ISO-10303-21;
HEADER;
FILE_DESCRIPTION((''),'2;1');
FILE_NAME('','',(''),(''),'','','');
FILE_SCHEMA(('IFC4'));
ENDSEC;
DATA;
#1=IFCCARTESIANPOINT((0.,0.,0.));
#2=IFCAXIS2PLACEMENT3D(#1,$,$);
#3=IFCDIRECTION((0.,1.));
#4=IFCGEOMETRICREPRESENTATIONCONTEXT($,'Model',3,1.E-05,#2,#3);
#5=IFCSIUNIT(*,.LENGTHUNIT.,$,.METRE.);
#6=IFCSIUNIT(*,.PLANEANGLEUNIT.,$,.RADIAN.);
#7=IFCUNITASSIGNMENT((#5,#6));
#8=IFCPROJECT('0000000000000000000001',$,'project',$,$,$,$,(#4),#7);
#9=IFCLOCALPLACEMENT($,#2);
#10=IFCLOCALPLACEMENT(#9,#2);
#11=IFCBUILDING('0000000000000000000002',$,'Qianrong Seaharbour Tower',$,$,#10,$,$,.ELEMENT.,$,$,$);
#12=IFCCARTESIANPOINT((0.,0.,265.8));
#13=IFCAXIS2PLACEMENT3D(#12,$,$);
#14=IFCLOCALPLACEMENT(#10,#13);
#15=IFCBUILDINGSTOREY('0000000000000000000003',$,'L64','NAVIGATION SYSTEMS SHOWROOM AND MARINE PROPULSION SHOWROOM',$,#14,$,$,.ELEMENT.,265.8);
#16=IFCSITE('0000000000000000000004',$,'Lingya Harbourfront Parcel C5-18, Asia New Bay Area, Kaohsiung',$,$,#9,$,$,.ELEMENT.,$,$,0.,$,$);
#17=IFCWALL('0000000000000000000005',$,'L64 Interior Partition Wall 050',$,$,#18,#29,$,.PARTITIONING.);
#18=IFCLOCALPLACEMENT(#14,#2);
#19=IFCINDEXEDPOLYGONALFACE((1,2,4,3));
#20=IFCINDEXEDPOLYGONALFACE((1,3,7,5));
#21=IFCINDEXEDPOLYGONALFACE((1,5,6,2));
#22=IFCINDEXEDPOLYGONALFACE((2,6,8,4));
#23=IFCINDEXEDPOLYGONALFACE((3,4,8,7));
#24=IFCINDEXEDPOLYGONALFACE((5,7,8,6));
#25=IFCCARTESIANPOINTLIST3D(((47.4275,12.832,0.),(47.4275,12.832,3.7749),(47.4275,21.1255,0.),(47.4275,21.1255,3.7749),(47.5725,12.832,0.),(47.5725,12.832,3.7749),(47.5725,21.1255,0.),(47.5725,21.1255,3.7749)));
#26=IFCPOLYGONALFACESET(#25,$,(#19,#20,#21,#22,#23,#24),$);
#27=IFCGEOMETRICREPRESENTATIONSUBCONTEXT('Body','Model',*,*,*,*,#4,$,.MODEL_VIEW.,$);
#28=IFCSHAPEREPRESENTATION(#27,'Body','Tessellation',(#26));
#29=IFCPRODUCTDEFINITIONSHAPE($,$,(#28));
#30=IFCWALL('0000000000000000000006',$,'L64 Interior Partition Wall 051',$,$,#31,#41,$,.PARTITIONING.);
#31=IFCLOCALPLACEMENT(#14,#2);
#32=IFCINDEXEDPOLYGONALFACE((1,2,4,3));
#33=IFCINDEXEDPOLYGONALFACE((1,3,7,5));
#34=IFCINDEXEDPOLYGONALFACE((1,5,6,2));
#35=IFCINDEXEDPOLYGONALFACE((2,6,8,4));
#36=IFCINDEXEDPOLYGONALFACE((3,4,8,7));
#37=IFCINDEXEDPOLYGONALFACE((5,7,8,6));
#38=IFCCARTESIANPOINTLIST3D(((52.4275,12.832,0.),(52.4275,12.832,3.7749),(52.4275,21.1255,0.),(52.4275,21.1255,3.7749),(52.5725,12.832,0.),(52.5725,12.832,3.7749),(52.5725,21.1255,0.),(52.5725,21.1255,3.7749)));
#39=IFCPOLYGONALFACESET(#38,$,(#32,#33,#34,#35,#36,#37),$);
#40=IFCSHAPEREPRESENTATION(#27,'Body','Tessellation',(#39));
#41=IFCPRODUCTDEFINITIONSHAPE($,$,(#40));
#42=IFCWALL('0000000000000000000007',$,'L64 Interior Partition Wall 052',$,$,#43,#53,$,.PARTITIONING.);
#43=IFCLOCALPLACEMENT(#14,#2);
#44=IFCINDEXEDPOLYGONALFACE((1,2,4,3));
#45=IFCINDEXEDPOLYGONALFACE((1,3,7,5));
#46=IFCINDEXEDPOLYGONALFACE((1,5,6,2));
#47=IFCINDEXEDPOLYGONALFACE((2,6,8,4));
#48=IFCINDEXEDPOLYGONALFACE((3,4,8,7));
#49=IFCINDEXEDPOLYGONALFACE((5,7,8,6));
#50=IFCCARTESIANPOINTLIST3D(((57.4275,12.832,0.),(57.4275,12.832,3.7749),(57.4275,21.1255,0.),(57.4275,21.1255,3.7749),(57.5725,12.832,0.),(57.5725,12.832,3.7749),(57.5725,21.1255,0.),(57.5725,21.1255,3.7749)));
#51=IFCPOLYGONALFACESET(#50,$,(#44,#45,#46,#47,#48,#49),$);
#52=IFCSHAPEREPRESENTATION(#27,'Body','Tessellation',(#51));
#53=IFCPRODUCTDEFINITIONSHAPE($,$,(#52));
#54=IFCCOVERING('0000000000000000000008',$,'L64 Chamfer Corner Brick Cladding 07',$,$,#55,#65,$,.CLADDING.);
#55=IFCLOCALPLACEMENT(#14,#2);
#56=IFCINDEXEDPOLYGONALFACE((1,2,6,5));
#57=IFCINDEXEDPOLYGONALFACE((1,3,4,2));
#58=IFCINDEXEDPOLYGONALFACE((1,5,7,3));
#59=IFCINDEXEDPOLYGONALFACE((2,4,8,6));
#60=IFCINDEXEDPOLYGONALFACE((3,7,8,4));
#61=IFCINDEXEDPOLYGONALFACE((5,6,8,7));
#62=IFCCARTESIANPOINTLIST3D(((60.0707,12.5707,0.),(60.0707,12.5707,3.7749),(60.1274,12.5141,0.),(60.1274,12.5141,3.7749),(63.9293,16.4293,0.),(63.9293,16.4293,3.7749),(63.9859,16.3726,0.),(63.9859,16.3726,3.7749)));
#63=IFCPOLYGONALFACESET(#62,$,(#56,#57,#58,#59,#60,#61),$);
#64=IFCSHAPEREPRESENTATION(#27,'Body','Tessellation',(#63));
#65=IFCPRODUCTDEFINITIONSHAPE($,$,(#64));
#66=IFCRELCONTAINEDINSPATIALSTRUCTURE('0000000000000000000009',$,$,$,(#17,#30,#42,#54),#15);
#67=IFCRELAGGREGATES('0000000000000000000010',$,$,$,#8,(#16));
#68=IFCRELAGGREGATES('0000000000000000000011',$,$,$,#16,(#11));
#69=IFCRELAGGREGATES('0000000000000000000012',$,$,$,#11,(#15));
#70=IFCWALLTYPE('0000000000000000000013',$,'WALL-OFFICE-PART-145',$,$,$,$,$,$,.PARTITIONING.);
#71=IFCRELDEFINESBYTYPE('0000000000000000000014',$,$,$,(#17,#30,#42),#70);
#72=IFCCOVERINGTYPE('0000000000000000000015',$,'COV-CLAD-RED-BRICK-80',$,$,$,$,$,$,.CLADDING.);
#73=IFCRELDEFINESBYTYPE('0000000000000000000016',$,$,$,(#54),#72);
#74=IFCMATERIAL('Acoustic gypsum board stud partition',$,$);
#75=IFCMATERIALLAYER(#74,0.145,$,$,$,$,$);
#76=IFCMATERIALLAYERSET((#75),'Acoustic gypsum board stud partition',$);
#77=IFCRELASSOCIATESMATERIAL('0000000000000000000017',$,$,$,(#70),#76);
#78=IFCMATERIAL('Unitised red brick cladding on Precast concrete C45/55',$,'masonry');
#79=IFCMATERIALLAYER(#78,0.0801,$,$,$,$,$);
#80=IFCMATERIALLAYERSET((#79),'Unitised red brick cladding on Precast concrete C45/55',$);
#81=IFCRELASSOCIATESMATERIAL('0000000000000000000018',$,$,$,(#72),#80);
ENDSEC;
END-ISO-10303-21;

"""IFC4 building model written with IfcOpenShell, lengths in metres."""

from ifc_helpers import new_model, si_unit, direction, frame, frame_2d, origin, origin_2d, place, context, subcontext, project, spatial, rectangle, extrude, material, layer, layer_set, type_object, element, save


model = new_model("IFC4")

# Units and contexts
model_context = context("Model", 3, precision=1e-05, world=origin(), true_north=direction((0.0, 1.0)))
body_context = subcontext(model_context, "Body", "Model", "MODEL_VIEW")
ifc_project = project(units=[si_unit("LENGTHUNIT", "METRE"), si_unit("PLANEANGLEUNIT", "RADIAN")], contexts=[model_context])

# Site, building, storey
site_placement = place(None, origin())
site = spatial("IfcSite", under=ifc_project, at=site_placement, Name="Lingya Harbourfront Parcel C5-18, Asia New Bay Area, Kaohsiung", CompositionType="ELEMENT", RefElevation=0.0)
building_placement = place(site_placement, origin())
building = spatial("IfcBuilding", under=site, at=building_placement, Name="Qianrong Seaharbour Tower", CompositionType="ELEMENT")
storey_placement = place(building_placement, frame((0.0, 0.0, 265.8)))
storey = spatial("IfcBuildingStorey", under=building, at=storey_placement, Name="L64", Description="NAVIGATION SYSTEMS SHOWROOM AND MARINE PROPULSION SHOWROOM", CompositionType="ELEMENT", Elevation=265.8)

# Walls
ifc_material_1 = material(Name="Acoustic gypsum board stud partition")
ifc_layer_1 = layer(ifc_material_1, 0.145)
ifc_layer_set_1 = layer_set([ifc_layer_1], Name="Acoustic gypsum board stud partition")
wall_type_1 = type_object("IfcWallType", Name="WALL-OFFICE-PART-145", PredefinedType="PARTITIONING", material=ifc_layer_set_1)
for number, where, z_axis, x_axis, name in (
    (1, (47.5, 21.1255, 0.0), (0.0, 0.0, 1.0), (0.0, -1.0, 0.0), "L64 Interior Partition Wall 050"),
    (2, (52.5, 21.1255, 0.0), (0.0, 0.0, 1.0), (0.0, -1.0, 0.0), "L64 Interior Partition Wall 051"),
    (3, (57.5, 21.1255, 0.0), (0.0, 0.0, 1.0), (0.0, -1.0, 0.0), "L64 Interior Partition Wall 052"),
):
    element("IfcWall", number, at=place(storey_placement, frame(where, z_axis=z_axis, x_axis=x_axis)), inside=storey, type_object=wall_type_1, Name=name, PredefinedType="PARTITIONING", context=body_context, shape_type="SweptSolid", body=[
        extrude(rectangle(XDim=8.2935, YDim=0.145, at=frame_2d((4.1467, 0.0))), origin(), (0.0, 0.0, 1.0), 3.7749),
    ])

# Covering
ifc_material_2 = material(Name="Unitised red brick cladding on Precast concrete C45/55", Category="masonry")
ifc_layer_2 = layer(ifc_material_2, 0.0801)
ifc_layer_set_2 = layer_set([ifc_layer_2], Name="Unitised red brick cladding on Precast concrete C45/55")
covering_type = type_object("IfcCoveringType", Name="COV-CLAD-RED-BRICK-80", PredefinedType="CLADDING", material=ifc_layer_set_2)
covering_placement = place(storey_placement, frame((62.0283, 14.4717, 0.0), z_axis=(0.0, 0.0, 1.0), x_axis=(-0.707107, -0.707107, 0.0)))
element("IfcCovering", 4, at=covering_placement, inside=storey, type_object=covering_type, Name="L64 Chamfer Corner Brick Cladding 07", PredefinedType="CLADDING", context=body_context, shape_type="SweptSolid", body=[
    extrude(rectangle(XDim=5.4568, YDim=0.0801, at=origin_2d()), origin(), (0.0, 0.0, 1.0), 3.7749),
])

save(model, "model.ifc")
